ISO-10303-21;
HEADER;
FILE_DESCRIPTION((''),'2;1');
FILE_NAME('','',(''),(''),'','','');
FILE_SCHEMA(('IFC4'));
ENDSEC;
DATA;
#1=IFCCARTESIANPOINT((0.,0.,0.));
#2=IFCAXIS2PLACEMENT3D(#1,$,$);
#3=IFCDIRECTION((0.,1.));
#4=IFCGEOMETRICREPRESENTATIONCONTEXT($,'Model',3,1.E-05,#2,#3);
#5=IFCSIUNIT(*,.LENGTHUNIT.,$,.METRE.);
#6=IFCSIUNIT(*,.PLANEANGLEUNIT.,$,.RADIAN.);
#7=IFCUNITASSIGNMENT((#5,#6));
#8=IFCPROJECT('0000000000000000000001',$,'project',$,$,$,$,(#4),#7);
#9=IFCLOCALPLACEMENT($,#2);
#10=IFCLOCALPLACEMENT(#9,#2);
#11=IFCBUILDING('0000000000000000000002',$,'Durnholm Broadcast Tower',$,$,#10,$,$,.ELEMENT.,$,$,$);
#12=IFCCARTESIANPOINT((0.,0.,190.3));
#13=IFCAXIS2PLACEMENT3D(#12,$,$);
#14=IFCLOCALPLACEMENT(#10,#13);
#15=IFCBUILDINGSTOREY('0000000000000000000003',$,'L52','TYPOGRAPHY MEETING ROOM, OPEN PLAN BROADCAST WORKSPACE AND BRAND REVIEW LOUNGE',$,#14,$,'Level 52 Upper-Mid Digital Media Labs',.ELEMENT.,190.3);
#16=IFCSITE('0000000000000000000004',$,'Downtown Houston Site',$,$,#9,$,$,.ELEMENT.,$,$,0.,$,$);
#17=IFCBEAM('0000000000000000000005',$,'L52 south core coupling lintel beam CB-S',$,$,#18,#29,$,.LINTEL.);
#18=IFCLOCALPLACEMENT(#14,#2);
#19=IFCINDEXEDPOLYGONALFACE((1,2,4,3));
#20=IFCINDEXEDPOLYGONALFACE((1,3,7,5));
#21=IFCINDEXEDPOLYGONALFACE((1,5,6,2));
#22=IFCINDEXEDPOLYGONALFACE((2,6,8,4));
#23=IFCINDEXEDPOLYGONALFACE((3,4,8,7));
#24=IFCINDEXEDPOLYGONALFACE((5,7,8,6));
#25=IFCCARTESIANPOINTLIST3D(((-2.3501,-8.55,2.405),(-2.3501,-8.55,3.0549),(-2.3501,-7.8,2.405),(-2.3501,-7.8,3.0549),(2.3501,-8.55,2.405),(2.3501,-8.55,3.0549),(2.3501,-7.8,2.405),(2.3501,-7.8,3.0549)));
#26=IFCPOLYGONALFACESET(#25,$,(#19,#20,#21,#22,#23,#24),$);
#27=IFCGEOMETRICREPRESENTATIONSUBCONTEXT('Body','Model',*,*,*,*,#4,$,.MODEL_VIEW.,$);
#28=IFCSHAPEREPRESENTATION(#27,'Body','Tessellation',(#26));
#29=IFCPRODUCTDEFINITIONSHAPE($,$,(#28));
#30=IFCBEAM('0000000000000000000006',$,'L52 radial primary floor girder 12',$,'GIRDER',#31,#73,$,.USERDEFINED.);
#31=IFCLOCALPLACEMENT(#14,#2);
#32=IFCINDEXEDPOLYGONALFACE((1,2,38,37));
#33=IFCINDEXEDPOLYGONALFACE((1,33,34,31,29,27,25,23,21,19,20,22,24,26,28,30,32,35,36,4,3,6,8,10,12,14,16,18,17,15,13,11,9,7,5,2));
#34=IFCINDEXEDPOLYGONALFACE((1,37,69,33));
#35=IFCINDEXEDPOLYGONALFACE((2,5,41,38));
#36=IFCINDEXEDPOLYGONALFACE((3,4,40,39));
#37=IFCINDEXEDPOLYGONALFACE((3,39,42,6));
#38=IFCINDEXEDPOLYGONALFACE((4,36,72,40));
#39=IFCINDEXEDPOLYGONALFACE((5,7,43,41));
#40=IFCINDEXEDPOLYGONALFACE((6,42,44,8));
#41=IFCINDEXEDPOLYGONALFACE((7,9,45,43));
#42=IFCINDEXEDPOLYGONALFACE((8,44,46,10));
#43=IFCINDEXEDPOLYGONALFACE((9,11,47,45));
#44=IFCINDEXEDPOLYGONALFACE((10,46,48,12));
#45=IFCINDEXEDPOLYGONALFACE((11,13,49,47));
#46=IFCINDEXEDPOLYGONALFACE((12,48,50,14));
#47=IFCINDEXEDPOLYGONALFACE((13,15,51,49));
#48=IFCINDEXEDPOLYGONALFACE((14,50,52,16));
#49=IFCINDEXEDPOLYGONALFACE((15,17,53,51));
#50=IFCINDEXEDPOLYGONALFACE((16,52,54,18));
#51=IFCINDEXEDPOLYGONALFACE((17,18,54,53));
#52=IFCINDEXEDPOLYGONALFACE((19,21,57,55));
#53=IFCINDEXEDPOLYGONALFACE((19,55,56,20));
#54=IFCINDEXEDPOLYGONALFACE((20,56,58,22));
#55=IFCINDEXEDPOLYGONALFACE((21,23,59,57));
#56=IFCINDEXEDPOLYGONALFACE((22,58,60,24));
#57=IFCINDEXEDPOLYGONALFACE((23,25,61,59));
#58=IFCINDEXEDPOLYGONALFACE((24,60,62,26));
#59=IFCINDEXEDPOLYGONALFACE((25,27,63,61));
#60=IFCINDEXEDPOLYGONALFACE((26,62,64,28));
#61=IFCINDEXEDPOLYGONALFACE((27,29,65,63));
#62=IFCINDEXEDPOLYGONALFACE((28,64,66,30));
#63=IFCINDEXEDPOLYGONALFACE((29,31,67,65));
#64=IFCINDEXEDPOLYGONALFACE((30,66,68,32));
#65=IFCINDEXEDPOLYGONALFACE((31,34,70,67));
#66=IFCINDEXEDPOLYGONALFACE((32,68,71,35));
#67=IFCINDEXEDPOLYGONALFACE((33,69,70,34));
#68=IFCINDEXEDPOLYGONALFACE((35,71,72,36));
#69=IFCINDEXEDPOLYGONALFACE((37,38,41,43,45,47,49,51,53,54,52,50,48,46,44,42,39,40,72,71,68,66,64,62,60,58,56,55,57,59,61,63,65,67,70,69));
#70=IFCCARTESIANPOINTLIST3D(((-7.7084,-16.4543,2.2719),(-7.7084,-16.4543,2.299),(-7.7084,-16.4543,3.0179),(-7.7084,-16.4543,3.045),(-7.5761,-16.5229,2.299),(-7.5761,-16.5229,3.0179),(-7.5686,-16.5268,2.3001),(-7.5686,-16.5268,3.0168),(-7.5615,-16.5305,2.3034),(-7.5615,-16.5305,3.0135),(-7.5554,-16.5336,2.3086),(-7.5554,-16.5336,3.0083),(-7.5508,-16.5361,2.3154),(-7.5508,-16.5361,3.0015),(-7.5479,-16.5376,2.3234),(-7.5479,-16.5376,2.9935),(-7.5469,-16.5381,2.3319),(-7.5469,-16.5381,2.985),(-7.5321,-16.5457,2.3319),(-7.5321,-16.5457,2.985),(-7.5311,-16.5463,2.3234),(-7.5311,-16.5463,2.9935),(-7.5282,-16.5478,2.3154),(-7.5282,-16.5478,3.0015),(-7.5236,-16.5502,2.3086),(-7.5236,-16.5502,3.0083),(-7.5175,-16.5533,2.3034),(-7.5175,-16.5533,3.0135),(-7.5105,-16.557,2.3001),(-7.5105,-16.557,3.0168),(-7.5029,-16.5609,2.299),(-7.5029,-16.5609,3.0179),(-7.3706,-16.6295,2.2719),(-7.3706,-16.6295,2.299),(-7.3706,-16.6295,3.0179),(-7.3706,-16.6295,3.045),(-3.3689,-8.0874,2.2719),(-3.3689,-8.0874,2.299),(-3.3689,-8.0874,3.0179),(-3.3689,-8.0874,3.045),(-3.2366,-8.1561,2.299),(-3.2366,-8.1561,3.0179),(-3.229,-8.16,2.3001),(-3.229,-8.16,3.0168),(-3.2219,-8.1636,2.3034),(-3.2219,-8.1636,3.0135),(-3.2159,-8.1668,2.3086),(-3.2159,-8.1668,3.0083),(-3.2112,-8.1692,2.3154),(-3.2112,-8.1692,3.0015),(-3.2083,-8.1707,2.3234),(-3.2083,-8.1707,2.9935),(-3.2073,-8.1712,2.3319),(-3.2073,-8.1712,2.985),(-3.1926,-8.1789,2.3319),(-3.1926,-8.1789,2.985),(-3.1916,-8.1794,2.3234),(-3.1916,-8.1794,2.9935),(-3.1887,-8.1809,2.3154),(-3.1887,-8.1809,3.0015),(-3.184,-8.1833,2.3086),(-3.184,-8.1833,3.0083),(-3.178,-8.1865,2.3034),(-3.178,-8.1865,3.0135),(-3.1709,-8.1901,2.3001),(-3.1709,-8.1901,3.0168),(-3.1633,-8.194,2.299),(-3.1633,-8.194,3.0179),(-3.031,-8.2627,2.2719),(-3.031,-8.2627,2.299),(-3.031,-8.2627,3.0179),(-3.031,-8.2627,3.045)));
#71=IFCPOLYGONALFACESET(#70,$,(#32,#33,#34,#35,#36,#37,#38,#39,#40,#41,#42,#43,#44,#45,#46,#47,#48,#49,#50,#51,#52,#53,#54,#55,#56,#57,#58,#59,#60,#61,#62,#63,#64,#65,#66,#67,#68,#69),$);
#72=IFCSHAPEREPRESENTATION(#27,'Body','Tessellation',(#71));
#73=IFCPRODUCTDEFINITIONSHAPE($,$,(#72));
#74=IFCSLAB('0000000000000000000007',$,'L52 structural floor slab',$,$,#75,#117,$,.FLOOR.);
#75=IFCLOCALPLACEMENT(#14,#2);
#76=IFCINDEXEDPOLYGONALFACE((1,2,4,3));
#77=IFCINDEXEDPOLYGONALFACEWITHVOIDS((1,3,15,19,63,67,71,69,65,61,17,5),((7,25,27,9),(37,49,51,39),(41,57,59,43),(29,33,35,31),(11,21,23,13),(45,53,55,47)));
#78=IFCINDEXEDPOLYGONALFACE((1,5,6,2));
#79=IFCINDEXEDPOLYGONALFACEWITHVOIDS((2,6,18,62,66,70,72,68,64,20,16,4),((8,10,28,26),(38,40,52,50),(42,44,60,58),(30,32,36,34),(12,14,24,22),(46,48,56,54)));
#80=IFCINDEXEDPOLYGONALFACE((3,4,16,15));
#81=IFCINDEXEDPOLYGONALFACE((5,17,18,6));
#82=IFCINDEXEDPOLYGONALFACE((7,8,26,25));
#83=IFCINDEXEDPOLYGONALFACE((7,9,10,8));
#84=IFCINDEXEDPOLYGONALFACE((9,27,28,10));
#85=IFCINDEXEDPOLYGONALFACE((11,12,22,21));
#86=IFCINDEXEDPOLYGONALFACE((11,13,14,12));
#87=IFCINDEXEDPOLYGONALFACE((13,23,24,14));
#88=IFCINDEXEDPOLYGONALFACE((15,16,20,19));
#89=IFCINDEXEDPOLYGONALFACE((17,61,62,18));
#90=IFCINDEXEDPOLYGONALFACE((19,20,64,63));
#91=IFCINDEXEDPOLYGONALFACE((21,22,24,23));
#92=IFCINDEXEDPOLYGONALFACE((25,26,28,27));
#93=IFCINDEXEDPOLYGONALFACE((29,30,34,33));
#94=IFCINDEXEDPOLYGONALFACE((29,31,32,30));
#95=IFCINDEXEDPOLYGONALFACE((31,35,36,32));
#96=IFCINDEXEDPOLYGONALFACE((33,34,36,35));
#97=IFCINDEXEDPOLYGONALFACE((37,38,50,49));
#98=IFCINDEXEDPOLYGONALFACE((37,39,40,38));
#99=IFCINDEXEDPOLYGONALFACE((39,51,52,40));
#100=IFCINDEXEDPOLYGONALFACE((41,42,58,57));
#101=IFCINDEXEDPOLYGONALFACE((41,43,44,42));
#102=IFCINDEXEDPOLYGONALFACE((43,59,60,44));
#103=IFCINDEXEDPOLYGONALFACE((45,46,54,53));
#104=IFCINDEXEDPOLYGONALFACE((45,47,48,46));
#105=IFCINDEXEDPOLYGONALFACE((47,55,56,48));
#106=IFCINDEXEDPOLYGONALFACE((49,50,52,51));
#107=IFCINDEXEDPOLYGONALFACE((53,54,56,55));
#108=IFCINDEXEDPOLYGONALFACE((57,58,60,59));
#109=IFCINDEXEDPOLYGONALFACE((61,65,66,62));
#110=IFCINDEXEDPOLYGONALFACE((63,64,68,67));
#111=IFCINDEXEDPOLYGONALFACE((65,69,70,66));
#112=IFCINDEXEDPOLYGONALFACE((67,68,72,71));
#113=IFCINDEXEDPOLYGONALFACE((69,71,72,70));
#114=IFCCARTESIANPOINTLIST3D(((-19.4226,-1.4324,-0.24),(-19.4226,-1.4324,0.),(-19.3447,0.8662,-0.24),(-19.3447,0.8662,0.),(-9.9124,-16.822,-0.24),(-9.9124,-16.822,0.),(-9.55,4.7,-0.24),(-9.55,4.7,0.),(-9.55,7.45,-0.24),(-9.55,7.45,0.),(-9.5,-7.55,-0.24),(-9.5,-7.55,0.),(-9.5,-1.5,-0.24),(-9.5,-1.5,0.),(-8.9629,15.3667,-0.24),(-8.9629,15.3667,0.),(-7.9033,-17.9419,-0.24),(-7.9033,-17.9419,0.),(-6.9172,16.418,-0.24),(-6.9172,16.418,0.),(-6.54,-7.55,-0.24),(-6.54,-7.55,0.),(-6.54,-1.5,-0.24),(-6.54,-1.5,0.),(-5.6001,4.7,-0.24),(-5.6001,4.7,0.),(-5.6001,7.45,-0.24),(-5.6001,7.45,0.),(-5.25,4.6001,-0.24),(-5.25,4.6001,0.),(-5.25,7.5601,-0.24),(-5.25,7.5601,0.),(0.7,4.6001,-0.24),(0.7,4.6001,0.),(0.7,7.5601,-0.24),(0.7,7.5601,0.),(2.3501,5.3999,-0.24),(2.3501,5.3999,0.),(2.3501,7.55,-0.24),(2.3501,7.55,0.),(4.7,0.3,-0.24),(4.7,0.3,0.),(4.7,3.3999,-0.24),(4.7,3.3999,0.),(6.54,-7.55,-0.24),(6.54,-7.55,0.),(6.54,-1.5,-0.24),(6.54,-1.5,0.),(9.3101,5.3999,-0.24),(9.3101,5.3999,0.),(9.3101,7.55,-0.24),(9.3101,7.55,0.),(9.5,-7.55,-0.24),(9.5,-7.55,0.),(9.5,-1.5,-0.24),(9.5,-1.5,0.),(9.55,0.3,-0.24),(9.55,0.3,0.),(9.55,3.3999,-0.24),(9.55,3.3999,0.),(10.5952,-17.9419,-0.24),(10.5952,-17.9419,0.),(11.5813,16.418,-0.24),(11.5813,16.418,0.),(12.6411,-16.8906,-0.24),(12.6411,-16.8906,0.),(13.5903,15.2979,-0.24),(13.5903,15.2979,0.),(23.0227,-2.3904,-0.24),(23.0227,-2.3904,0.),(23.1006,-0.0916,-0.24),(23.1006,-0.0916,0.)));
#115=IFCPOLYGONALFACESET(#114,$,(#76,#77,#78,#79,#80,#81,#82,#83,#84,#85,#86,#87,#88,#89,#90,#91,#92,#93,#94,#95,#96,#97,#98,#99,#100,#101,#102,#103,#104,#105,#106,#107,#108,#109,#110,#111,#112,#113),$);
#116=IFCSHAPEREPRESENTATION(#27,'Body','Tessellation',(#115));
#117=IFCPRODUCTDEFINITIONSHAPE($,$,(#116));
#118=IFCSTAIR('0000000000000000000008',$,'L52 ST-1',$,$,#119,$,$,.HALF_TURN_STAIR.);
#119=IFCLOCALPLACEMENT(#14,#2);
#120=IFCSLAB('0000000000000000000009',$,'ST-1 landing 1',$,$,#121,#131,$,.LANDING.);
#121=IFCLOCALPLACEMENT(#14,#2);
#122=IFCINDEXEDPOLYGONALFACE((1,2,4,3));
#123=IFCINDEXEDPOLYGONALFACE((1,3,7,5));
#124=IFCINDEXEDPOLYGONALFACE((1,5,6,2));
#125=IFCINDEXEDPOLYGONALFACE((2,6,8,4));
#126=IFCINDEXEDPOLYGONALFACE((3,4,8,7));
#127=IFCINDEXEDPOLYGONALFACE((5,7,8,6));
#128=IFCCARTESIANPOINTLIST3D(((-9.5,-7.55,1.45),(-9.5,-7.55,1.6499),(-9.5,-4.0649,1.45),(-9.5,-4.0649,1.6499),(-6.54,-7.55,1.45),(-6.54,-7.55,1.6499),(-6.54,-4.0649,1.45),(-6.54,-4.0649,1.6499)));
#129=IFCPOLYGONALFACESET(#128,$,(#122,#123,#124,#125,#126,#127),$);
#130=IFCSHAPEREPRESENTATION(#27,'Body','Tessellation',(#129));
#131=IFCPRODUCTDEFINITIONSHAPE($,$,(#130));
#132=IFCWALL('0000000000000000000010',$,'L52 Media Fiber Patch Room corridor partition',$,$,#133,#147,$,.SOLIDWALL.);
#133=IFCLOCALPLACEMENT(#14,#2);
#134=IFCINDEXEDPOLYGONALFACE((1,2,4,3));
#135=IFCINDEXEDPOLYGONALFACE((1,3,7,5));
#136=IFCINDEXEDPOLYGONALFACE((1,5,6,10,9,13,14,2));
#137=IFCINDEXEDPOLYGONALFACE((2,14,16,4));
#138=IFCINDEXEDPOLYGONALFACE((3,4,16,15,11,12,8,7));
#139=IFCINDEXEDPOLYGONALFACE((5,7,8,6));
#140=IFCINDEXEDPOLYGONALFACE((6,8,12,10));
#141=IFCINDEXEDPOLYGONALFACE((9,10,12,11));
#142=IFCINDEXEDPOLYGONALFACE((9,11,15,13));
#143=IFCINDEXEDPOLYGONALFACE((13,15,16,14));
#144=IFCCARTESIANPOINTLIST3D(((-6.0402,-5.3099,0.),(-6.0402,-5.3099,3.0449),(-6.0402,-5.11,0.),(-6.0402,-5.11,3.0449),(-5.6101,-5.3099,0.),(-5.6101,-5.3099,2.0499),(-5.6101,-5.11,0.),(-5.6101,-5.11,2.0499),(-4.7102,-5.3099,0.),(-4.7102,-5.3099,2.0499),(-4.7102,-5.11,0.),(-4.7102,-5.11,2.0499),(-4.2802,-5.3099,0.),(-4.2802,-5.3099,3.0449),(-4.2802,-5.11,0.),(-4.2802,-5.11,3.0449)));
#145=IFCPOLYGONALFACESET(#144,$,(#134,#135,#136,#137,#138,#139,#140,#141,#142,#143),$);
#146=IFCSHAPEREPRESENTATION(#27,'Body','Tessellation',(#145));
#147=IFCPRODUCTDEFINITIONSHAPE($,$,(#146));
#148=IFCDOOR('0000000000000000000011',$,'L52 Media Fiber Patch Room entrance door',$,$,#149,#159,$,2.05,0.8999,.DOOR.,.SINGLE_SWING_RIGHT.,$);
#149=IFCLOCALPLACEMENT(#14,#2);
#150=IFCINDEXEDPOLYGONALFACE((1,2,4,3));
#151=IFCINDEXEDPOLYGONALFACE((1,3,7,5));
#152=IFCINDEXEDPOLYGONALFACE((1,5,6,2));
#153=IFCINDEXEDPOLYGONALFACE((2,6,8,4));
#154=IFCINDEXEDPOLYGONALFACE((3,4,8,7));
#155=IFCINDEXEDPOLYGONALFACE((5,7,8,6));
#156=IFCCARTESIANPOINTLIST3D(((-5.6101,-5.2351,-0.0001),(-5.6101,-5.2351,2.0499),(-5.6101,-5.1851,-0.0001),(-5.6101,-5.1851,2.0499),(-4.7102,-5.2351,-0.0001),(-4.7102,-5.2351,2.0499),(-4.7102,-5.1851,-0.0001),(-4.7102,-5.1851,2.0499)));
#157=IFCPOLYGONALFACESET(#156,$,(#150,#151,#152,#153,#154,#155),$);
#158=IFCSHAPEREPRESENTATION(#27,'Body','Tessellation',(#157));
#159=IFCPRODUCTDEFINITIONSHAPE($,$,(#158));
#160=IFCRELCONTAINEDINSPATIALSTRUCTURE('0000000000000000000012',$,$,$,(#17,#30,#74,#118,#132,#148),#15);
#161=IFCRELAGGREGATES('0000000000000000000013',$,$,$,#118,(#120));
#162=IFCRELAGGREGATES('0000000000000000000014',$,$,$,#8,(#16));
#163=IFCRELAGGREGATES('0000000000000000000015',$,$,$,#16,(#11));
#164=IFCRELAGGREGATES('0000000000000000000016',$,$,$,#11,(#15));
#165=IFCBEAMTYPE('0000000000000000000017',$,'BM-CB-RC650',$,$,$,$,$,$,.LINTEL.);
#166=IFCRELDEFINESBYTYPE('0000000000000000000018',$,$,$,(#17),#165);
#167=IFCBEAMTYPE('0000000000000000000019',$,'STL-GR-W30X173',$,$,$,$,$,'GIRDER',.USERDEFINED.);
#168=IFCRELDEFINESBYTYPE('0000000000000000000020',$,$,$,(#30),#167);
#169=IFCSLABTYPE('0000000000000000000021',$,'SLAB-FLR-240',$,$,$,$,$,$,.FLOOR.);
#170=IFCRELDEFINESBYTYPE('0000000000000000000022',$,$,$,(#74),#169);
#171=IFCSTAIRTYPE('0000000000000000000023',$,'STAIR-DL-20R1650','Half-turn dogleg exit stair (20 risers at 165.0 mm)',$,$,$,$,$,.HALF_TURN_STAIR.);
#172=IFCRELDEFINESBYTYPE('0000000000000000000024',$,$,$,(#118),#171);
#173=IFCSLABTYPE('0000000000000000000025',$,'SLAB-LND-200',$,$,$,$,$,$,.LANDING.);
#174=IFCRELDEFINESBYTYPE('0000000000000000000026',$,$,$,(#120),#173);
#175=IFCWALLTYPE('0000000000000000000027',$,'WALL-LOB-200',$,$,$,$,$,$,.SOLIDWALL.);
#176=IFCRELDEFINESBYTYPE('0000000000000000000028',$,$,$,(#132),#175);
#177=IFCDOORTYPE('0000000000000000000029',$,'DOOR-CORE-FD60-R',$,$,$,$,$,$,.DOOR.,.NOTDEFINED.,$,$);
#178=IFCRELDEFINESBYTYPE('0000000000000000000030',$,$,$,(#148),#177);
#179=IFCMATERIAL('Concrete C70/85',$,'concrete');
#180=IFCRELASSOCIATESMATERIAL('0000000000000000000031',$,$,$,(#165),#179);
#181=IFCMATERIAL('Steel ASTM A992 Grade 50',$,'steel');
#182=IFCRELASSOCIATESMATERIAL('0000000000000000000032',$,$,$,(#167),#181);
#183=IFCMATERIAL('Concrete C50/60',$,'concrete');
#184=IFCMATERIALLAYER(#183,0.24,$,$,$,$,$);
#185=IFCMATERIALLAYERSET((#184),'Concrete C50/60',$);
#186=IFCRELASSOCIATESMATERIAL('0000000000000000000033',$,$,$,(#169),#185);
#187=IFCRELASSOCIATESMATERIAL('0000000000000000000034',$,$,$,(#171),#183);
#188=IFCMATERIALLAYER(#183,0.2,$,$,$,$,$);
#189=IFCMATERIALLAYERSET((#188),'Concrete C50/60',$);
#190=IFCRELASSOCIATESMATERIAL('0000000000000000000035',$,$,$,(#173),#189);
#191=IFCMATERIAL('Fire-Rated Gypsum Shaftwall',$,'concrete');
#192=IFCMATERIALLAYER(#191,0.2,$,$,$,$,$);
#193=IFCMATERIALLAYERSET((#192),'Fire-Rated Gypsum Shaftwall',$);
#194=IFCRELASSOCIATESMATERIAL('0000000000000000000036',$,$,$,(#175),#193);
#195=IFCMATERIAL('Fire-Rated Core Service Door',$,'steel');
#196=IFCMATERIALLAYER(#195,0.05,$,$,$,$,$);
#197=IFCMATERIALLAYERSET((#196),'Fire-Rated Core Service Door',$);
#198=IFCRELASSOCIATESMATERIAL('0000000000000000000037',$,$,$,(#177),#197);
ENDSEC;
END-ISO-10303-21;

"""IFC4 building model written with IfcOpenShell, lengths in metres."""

from ifc_helpers import new_model, si_unit, direction, frame, frame_2d, origin, origin_2d, place, context, subcontext, project, spatial, polyline, rectangle, i_section, outline, extrude, source, transform, mapped, material, layer, layer_set, material_profile, profile_set, type_object, type_shapes, element, fill, aggregate, save


model = new_model("IFC4")

# Units and contexts
model_context = context("Model", 3, precision=1e-05, world=origin(), true_north=direction((0.0, 1.0)))
body_context = subcontext(model_context, "Body", "Model", "MODEL_VIEW")
ifc_project = project(units=[si_unit("LENGTHUNIT", "METRE"), si_unit("PLANEANGLEUNIT", "RADIAN")], contexts=[model_context])

# Site, building, storey
site_placement = place(None, origin())
site = spatial("IfcSite", under=ifc_project, at=site_placement, Name="Downtown Houston Site", CompositionType="ELEMENT", RefElevation=0.0)
building_placement = place(site_placement, origin())
building = spatial("IfcBuilding", under=site, at=building_placement, Name="Durnholm Broadcast Tower", CompositionType="ELEMENT")
storey_placement = place(building_placement, frame((0.0, 0.0, 190.3)))
storey = spatial("IfcBuildingStorey", under=building, at=storey_placement, Name="L52", Description="TYPOGRAPHY MEETING ROOM, OPEN PLAN BROADCAST WORKSPACE AND BRAND REVIEW LOUNGE", LongName="Level 52 Upper-Mid Digital Media Labs", CompositionType="ELEMENT", Elevation=190.3)

# Beams
ifc_material_1 = material(Name="Concrete C70/85", Category="concrete")
ifc_material_profile_1 = material_profile(ifc_material_1, rectangle(XDim=0.75, YDim=0.6499, at=origin_2d()), Name="RC750X650")
ifc_profile_set_1 = profile_set([ifc_material_profile_1], Name="Concrete C70/85")
beam_type_1 = type_object("IfcBeamType", Name="BM-CB-RC650", PredefinedType="LINTEL", material=ifc_profile_set_1)
shared_shape_1 = source(origin(), body_context, "Body", "SweptSolid", [
    extrude(rectangle(XDim=0.75, YDim=0.6499, at=origin_2d()), origin(), (0.0, 0.0, 1.0), 4.7002),
])
type_shapes(beam_type_1, [shared_shape_1])
beam_1_placement = place(storey_placement, frame((-2.3501, -8.175, 2.73), z_axis=(1.0, 0.0, 0.0), x_axis=(0.0, 1.0, 0.0)))
element("IfcBeam", 1, at=beam_1_placement, inside=storey, type_object=beam_type_1, Name="L52 south core coupling lintel beam CB-S", PredefinedType="LINTEL", context=body_context, shape_type="MappedRepresentation", body=[
    mapped(shared_shape_1, transform((0.0, 0.0, 0.0), x_axis=(1.0, 0.0, 0.0), y_axis=(0.0, 1.0, 0.0), z_axis=(0.0, 0.0, 1.0), scale=1.0)),
])
ifc_material_2 = material(Name="Steel ASTM A992 Grade 50", Category="steel")
ifc_material_profile_2 = material_profile(ifc_material_2, i_section(OverallWidth=0.3806, OverallDepth=0.7732, WebThickness=0.0166, FlangeThickness=0.0271, FilletRadius=0.033, at=origin_2d()), Name="W30X173")
ifc_profile_set_2 = profile_set([ifc_material_profile_2], Name="Steel ASTM A992 Grade 50")
beam_type_2 = type_object("IfcBeamType", Name="STL-GR-W30X173", ElementType="GIRDER", PredefinedType="USERDEFINED", material=ifc_profile_set_2)
shared_shape_2 = source(origin(), body_context, "Body", "SweptSolid", [
    extrude(i_section(OverallWidth=0.3806, OverallDepth=0.7732, WebThickness=0.0166, FlangeThickness=0.0271, FilletRadius=0.033, at=origin_2d()), origin(), (0.0, 0.0, 1.0), 9.4253),
])
type_shapes(beam_type_2, [shared_shape_2])
beam_2_placement = place(storey_placement, frame((-3.2, -8.175, 2.6584), z_axis=(-0.460416, -0.887703, 0.0), x_axis=(0.887703, -0.460416, 0.0)))
element("IfcBeam", 2, at=beam_2_placement, inside=storey, type_object=beam_type_2, Name="L52 radial primary floor girder 12", ObjectType="GIRDER", PredefinedType="USERDEFINED", context=body_context, shape_type="MappedRepresentation", body=[
    mapped(shared_shape_2, transform((0.0, 0.0, 0.0), x_axis=(1.0, 0.0, 0.0), y_axis=(0.0, 1.0, 0.0), z_axis=(0.0, 0.0, 1.0), scale=1.0)),
])

# Slab
ifc_material_3 = material(Name="Concrete C50/60", Category="concrete")
ifc_layer_1 = layer(ifc_material_3, 0.24)
ifc_layer_set_1 = layer_set([ifc_layer_1], Name="Concrete C50/60")
slab_type_1 = type_object("IfcSlabType", Name="SLAB-FLR-240", PredefinedType="FLOOR", material=ifc_layer_set_1)
slab_1_placement = place(storey_placement, frame((0.0, 0.0, -0.24)))
element("IfcSlab", 3, at=slab_1_placement, inside=storey, type_object=slab_type_1, Name="L52 structural floor slab", PredefinedType="FLOOR", context=body_context, shape_type="SweptSolid", body=[
    extrude(outline(polyline([(-9.9124, -16.822), (-7.9033, -17.9419), (10.5952, -17.9419), (12.6411, -16.8906), (23.0227, -2.3904), (23.1006, -0.0916), (13.5903, 15.2979), (11.5813, 16.418), (-6.9172, 16.418), (-8.9629, 15.3667), (-19.3447, 0.8662), (-19.4226, -1.4324), (-9.9124, -16.822)]), holes=[polyline([(-6.54, -1.5), (-9.5, -1.5), (-9.5, -7.55), (-6.54, -7.55), (-6.54, -1.5)]), polyline([(9.5, -7.55), (9.5, -1.5), (6.54, -1.5), (6.54, -7.55), (9.5, -7.55)]), polyline([(9.55, 3.3999), (4.7, 3.3999), (4.7, 0.3), (9.55, 0.3), (9.55, 3.3999)]), polyline([(-9.55, 7.45), (-9.55, 4.7), (-5.6001, 4.7), (-5.6001, 7.45), (-9.55, 7.45)]), polyline([(-5.25, 4.6001), (0.7, 4.6001), (0.7, 7.5601), (-5.25, 7.5601), (-5.25, 4.6001)]), polyline([(9.3101, 7.55), (2.3501, 7.55), (2.3501, 5.3999), (9.3101, 5.3999), (9.3101, 7.55)])]), origin(), (0.0, 0.0, 1.0), 0.24),
])

# Stair, slab
stair_type = type_object("IfcStairType", Name="STAIR-DL-20R1650", Description="Half-turn dogleg exit stair (20 risers at 165.0 mm)", PredefinedType="HALF_TURN_STAIR", material=ifc_material_3)
stair_placement = place(storey_placement, origin())
stair = element("IfcStair", 4, at=stair_placement, inside=storey, type_object=stair_type, Name="L52 ST-1", PredefinedType="HALF_TURN_STAIR")
ifc_layer_2 = layer(ifc_material_3, 0.2)
ifc_layer_set_2 = layer_set([ifc_layer_2], Name="Concrete C50/60")
slab_type_2 = type_object("IfcSlabType", Name="SLAB-LND-200", PredefinedType="LANDING", material=ifc_layer_set_2)
slab_2_placement = place(storey_placement, frame((0.0, 0.0, 1.45)))
slab_2 = element("IfcSlab", 5, at=slab_2_placement, type_object=slab_type_2, Name="ST-1 landing 1", PredefinedType="LANDING", context=body_context, shape_type="SweptSolid", body=[
    extrude(outline(polyline([(-9.5, -4.0649), (-9.5, -7.55), (-6.54, -7.55), (-6.54, -4.0649), (-9.5, -4.0649)])), origin(), (0.0, 0.0, 1.0), 0.2),
])

# Wall, opening, door
ifc_material_4 = material(Name="Fire-Rated Gypsum Shaftwall", Category="concrete")
ifc_layer_3 = layer(ifc_material_4, 0.2)
ifc_layer_set_3 = layer_set([ifc_layer_3], Name="Fire-Rated Gypsum Shaftwall")
wall_type_1 = type_object("IfcWallType", Name="WALL-LOB-200", PredefinedType="SOLIDWALL", material=ifc_layer_set_3)
wall_1_placement = place(storey_placement, frame((-6.04, -5.21, 0.0), z_axis=(0.0, 0.0, 1.0), x_axis=(1.0, 0.0, 0.0)))
wall_1 = element("IfcWall", 6, at=wall_1_placement, inside=storey, type_object=wall_type_1, Name="L52 Media Fiber Patch Room corridor partition", PredefinedType="SOLIDWALL", context=body_context, shape_type="SweptSolid", body=[
    extrude(rectangle(XDim=1.76, YDim=0.2, at=frame_2d((0.8799, 0.0))), origin(), (0.0, 0.0, 1.0), 3.0449),
])
opening_1_placement = place(wall_1_placement, frame((0.4299, 0.0, 0.0)))
opening_1 = element("IfcOpeningElement", 7, at=opening_1_placement, cuts=wall_1, PredefinedType="OPENING", context=body_context, shape_type="SweptSolid", body=[
    extrude(rectangle(XDim=0.8999, YDim=2.05, at=frame_2d((0.45, 1.0249))), frame((0.0, 0.1099, 0.0), z_axis=(0.0, -1.0, 0.0), x_axis=(1.0, 0.0, 0.0)), (0.0, 0.0, 1.0), 0.22),
])
ifc_material_5 = material(Name="Fire-Rated Core Service Door", Category="steel")
ifc_layer_4 = layer(ifc_material_5, 0.05)
ifc_layer_set_4 = layer_set([ifc_layer_4], Name="Fire-Rated Core Service Door")
door_type_1 = type_object("IfcDoorType", Name="DOOR-CORE-FD60-R", OperationType="NOTDEFINED", PredefinedType="DOOR", material=ifc_layer_set_4)
shared_shape_3 = source(origin(), body_context, "Body", "SweptSolid", [
    extrude(rectangle(XDim=0.8999, YDim=2.05, at=frame_2d((0.45, 1.0249))), frame((0.0, 0.0249, 0.0), z_axis=(0.0, -1.0, 0.0), x_axis=(1.0, 0.0, 0.0)), (0.0, 0.0, 1.0), 0.05),
])
type_shapes(door_type_1, [shared_shape_3])
door_1_placement = place(opening_1_placement, origin())
door_1 = element("IfcDoor", 8, at=door_1_placement, inside=storey, type_object=door_type_1, Name="L52 Media Fiber Patch Room entrance door", OperationType="SINGLE_SWING_RIGHT", OverallHeight=2.05, OverallWidth=0.8999, PredefinedType="DOOR", context=body_context, shape_type="MappedRepresentation", body=[
    mapped(shared_shape_3, transform((0.0, 0.0, 0.0), x_axis=(1.0, 0.0, 0.0), y_axis=(0.0, 1.0, 0.0), z_axis=(0.0, 0.0, 1.0), scale=1.0)),
])
fill(opening_1, door_1)

aggregate(stair, [slab_2])

save(model, "model.ifc")
